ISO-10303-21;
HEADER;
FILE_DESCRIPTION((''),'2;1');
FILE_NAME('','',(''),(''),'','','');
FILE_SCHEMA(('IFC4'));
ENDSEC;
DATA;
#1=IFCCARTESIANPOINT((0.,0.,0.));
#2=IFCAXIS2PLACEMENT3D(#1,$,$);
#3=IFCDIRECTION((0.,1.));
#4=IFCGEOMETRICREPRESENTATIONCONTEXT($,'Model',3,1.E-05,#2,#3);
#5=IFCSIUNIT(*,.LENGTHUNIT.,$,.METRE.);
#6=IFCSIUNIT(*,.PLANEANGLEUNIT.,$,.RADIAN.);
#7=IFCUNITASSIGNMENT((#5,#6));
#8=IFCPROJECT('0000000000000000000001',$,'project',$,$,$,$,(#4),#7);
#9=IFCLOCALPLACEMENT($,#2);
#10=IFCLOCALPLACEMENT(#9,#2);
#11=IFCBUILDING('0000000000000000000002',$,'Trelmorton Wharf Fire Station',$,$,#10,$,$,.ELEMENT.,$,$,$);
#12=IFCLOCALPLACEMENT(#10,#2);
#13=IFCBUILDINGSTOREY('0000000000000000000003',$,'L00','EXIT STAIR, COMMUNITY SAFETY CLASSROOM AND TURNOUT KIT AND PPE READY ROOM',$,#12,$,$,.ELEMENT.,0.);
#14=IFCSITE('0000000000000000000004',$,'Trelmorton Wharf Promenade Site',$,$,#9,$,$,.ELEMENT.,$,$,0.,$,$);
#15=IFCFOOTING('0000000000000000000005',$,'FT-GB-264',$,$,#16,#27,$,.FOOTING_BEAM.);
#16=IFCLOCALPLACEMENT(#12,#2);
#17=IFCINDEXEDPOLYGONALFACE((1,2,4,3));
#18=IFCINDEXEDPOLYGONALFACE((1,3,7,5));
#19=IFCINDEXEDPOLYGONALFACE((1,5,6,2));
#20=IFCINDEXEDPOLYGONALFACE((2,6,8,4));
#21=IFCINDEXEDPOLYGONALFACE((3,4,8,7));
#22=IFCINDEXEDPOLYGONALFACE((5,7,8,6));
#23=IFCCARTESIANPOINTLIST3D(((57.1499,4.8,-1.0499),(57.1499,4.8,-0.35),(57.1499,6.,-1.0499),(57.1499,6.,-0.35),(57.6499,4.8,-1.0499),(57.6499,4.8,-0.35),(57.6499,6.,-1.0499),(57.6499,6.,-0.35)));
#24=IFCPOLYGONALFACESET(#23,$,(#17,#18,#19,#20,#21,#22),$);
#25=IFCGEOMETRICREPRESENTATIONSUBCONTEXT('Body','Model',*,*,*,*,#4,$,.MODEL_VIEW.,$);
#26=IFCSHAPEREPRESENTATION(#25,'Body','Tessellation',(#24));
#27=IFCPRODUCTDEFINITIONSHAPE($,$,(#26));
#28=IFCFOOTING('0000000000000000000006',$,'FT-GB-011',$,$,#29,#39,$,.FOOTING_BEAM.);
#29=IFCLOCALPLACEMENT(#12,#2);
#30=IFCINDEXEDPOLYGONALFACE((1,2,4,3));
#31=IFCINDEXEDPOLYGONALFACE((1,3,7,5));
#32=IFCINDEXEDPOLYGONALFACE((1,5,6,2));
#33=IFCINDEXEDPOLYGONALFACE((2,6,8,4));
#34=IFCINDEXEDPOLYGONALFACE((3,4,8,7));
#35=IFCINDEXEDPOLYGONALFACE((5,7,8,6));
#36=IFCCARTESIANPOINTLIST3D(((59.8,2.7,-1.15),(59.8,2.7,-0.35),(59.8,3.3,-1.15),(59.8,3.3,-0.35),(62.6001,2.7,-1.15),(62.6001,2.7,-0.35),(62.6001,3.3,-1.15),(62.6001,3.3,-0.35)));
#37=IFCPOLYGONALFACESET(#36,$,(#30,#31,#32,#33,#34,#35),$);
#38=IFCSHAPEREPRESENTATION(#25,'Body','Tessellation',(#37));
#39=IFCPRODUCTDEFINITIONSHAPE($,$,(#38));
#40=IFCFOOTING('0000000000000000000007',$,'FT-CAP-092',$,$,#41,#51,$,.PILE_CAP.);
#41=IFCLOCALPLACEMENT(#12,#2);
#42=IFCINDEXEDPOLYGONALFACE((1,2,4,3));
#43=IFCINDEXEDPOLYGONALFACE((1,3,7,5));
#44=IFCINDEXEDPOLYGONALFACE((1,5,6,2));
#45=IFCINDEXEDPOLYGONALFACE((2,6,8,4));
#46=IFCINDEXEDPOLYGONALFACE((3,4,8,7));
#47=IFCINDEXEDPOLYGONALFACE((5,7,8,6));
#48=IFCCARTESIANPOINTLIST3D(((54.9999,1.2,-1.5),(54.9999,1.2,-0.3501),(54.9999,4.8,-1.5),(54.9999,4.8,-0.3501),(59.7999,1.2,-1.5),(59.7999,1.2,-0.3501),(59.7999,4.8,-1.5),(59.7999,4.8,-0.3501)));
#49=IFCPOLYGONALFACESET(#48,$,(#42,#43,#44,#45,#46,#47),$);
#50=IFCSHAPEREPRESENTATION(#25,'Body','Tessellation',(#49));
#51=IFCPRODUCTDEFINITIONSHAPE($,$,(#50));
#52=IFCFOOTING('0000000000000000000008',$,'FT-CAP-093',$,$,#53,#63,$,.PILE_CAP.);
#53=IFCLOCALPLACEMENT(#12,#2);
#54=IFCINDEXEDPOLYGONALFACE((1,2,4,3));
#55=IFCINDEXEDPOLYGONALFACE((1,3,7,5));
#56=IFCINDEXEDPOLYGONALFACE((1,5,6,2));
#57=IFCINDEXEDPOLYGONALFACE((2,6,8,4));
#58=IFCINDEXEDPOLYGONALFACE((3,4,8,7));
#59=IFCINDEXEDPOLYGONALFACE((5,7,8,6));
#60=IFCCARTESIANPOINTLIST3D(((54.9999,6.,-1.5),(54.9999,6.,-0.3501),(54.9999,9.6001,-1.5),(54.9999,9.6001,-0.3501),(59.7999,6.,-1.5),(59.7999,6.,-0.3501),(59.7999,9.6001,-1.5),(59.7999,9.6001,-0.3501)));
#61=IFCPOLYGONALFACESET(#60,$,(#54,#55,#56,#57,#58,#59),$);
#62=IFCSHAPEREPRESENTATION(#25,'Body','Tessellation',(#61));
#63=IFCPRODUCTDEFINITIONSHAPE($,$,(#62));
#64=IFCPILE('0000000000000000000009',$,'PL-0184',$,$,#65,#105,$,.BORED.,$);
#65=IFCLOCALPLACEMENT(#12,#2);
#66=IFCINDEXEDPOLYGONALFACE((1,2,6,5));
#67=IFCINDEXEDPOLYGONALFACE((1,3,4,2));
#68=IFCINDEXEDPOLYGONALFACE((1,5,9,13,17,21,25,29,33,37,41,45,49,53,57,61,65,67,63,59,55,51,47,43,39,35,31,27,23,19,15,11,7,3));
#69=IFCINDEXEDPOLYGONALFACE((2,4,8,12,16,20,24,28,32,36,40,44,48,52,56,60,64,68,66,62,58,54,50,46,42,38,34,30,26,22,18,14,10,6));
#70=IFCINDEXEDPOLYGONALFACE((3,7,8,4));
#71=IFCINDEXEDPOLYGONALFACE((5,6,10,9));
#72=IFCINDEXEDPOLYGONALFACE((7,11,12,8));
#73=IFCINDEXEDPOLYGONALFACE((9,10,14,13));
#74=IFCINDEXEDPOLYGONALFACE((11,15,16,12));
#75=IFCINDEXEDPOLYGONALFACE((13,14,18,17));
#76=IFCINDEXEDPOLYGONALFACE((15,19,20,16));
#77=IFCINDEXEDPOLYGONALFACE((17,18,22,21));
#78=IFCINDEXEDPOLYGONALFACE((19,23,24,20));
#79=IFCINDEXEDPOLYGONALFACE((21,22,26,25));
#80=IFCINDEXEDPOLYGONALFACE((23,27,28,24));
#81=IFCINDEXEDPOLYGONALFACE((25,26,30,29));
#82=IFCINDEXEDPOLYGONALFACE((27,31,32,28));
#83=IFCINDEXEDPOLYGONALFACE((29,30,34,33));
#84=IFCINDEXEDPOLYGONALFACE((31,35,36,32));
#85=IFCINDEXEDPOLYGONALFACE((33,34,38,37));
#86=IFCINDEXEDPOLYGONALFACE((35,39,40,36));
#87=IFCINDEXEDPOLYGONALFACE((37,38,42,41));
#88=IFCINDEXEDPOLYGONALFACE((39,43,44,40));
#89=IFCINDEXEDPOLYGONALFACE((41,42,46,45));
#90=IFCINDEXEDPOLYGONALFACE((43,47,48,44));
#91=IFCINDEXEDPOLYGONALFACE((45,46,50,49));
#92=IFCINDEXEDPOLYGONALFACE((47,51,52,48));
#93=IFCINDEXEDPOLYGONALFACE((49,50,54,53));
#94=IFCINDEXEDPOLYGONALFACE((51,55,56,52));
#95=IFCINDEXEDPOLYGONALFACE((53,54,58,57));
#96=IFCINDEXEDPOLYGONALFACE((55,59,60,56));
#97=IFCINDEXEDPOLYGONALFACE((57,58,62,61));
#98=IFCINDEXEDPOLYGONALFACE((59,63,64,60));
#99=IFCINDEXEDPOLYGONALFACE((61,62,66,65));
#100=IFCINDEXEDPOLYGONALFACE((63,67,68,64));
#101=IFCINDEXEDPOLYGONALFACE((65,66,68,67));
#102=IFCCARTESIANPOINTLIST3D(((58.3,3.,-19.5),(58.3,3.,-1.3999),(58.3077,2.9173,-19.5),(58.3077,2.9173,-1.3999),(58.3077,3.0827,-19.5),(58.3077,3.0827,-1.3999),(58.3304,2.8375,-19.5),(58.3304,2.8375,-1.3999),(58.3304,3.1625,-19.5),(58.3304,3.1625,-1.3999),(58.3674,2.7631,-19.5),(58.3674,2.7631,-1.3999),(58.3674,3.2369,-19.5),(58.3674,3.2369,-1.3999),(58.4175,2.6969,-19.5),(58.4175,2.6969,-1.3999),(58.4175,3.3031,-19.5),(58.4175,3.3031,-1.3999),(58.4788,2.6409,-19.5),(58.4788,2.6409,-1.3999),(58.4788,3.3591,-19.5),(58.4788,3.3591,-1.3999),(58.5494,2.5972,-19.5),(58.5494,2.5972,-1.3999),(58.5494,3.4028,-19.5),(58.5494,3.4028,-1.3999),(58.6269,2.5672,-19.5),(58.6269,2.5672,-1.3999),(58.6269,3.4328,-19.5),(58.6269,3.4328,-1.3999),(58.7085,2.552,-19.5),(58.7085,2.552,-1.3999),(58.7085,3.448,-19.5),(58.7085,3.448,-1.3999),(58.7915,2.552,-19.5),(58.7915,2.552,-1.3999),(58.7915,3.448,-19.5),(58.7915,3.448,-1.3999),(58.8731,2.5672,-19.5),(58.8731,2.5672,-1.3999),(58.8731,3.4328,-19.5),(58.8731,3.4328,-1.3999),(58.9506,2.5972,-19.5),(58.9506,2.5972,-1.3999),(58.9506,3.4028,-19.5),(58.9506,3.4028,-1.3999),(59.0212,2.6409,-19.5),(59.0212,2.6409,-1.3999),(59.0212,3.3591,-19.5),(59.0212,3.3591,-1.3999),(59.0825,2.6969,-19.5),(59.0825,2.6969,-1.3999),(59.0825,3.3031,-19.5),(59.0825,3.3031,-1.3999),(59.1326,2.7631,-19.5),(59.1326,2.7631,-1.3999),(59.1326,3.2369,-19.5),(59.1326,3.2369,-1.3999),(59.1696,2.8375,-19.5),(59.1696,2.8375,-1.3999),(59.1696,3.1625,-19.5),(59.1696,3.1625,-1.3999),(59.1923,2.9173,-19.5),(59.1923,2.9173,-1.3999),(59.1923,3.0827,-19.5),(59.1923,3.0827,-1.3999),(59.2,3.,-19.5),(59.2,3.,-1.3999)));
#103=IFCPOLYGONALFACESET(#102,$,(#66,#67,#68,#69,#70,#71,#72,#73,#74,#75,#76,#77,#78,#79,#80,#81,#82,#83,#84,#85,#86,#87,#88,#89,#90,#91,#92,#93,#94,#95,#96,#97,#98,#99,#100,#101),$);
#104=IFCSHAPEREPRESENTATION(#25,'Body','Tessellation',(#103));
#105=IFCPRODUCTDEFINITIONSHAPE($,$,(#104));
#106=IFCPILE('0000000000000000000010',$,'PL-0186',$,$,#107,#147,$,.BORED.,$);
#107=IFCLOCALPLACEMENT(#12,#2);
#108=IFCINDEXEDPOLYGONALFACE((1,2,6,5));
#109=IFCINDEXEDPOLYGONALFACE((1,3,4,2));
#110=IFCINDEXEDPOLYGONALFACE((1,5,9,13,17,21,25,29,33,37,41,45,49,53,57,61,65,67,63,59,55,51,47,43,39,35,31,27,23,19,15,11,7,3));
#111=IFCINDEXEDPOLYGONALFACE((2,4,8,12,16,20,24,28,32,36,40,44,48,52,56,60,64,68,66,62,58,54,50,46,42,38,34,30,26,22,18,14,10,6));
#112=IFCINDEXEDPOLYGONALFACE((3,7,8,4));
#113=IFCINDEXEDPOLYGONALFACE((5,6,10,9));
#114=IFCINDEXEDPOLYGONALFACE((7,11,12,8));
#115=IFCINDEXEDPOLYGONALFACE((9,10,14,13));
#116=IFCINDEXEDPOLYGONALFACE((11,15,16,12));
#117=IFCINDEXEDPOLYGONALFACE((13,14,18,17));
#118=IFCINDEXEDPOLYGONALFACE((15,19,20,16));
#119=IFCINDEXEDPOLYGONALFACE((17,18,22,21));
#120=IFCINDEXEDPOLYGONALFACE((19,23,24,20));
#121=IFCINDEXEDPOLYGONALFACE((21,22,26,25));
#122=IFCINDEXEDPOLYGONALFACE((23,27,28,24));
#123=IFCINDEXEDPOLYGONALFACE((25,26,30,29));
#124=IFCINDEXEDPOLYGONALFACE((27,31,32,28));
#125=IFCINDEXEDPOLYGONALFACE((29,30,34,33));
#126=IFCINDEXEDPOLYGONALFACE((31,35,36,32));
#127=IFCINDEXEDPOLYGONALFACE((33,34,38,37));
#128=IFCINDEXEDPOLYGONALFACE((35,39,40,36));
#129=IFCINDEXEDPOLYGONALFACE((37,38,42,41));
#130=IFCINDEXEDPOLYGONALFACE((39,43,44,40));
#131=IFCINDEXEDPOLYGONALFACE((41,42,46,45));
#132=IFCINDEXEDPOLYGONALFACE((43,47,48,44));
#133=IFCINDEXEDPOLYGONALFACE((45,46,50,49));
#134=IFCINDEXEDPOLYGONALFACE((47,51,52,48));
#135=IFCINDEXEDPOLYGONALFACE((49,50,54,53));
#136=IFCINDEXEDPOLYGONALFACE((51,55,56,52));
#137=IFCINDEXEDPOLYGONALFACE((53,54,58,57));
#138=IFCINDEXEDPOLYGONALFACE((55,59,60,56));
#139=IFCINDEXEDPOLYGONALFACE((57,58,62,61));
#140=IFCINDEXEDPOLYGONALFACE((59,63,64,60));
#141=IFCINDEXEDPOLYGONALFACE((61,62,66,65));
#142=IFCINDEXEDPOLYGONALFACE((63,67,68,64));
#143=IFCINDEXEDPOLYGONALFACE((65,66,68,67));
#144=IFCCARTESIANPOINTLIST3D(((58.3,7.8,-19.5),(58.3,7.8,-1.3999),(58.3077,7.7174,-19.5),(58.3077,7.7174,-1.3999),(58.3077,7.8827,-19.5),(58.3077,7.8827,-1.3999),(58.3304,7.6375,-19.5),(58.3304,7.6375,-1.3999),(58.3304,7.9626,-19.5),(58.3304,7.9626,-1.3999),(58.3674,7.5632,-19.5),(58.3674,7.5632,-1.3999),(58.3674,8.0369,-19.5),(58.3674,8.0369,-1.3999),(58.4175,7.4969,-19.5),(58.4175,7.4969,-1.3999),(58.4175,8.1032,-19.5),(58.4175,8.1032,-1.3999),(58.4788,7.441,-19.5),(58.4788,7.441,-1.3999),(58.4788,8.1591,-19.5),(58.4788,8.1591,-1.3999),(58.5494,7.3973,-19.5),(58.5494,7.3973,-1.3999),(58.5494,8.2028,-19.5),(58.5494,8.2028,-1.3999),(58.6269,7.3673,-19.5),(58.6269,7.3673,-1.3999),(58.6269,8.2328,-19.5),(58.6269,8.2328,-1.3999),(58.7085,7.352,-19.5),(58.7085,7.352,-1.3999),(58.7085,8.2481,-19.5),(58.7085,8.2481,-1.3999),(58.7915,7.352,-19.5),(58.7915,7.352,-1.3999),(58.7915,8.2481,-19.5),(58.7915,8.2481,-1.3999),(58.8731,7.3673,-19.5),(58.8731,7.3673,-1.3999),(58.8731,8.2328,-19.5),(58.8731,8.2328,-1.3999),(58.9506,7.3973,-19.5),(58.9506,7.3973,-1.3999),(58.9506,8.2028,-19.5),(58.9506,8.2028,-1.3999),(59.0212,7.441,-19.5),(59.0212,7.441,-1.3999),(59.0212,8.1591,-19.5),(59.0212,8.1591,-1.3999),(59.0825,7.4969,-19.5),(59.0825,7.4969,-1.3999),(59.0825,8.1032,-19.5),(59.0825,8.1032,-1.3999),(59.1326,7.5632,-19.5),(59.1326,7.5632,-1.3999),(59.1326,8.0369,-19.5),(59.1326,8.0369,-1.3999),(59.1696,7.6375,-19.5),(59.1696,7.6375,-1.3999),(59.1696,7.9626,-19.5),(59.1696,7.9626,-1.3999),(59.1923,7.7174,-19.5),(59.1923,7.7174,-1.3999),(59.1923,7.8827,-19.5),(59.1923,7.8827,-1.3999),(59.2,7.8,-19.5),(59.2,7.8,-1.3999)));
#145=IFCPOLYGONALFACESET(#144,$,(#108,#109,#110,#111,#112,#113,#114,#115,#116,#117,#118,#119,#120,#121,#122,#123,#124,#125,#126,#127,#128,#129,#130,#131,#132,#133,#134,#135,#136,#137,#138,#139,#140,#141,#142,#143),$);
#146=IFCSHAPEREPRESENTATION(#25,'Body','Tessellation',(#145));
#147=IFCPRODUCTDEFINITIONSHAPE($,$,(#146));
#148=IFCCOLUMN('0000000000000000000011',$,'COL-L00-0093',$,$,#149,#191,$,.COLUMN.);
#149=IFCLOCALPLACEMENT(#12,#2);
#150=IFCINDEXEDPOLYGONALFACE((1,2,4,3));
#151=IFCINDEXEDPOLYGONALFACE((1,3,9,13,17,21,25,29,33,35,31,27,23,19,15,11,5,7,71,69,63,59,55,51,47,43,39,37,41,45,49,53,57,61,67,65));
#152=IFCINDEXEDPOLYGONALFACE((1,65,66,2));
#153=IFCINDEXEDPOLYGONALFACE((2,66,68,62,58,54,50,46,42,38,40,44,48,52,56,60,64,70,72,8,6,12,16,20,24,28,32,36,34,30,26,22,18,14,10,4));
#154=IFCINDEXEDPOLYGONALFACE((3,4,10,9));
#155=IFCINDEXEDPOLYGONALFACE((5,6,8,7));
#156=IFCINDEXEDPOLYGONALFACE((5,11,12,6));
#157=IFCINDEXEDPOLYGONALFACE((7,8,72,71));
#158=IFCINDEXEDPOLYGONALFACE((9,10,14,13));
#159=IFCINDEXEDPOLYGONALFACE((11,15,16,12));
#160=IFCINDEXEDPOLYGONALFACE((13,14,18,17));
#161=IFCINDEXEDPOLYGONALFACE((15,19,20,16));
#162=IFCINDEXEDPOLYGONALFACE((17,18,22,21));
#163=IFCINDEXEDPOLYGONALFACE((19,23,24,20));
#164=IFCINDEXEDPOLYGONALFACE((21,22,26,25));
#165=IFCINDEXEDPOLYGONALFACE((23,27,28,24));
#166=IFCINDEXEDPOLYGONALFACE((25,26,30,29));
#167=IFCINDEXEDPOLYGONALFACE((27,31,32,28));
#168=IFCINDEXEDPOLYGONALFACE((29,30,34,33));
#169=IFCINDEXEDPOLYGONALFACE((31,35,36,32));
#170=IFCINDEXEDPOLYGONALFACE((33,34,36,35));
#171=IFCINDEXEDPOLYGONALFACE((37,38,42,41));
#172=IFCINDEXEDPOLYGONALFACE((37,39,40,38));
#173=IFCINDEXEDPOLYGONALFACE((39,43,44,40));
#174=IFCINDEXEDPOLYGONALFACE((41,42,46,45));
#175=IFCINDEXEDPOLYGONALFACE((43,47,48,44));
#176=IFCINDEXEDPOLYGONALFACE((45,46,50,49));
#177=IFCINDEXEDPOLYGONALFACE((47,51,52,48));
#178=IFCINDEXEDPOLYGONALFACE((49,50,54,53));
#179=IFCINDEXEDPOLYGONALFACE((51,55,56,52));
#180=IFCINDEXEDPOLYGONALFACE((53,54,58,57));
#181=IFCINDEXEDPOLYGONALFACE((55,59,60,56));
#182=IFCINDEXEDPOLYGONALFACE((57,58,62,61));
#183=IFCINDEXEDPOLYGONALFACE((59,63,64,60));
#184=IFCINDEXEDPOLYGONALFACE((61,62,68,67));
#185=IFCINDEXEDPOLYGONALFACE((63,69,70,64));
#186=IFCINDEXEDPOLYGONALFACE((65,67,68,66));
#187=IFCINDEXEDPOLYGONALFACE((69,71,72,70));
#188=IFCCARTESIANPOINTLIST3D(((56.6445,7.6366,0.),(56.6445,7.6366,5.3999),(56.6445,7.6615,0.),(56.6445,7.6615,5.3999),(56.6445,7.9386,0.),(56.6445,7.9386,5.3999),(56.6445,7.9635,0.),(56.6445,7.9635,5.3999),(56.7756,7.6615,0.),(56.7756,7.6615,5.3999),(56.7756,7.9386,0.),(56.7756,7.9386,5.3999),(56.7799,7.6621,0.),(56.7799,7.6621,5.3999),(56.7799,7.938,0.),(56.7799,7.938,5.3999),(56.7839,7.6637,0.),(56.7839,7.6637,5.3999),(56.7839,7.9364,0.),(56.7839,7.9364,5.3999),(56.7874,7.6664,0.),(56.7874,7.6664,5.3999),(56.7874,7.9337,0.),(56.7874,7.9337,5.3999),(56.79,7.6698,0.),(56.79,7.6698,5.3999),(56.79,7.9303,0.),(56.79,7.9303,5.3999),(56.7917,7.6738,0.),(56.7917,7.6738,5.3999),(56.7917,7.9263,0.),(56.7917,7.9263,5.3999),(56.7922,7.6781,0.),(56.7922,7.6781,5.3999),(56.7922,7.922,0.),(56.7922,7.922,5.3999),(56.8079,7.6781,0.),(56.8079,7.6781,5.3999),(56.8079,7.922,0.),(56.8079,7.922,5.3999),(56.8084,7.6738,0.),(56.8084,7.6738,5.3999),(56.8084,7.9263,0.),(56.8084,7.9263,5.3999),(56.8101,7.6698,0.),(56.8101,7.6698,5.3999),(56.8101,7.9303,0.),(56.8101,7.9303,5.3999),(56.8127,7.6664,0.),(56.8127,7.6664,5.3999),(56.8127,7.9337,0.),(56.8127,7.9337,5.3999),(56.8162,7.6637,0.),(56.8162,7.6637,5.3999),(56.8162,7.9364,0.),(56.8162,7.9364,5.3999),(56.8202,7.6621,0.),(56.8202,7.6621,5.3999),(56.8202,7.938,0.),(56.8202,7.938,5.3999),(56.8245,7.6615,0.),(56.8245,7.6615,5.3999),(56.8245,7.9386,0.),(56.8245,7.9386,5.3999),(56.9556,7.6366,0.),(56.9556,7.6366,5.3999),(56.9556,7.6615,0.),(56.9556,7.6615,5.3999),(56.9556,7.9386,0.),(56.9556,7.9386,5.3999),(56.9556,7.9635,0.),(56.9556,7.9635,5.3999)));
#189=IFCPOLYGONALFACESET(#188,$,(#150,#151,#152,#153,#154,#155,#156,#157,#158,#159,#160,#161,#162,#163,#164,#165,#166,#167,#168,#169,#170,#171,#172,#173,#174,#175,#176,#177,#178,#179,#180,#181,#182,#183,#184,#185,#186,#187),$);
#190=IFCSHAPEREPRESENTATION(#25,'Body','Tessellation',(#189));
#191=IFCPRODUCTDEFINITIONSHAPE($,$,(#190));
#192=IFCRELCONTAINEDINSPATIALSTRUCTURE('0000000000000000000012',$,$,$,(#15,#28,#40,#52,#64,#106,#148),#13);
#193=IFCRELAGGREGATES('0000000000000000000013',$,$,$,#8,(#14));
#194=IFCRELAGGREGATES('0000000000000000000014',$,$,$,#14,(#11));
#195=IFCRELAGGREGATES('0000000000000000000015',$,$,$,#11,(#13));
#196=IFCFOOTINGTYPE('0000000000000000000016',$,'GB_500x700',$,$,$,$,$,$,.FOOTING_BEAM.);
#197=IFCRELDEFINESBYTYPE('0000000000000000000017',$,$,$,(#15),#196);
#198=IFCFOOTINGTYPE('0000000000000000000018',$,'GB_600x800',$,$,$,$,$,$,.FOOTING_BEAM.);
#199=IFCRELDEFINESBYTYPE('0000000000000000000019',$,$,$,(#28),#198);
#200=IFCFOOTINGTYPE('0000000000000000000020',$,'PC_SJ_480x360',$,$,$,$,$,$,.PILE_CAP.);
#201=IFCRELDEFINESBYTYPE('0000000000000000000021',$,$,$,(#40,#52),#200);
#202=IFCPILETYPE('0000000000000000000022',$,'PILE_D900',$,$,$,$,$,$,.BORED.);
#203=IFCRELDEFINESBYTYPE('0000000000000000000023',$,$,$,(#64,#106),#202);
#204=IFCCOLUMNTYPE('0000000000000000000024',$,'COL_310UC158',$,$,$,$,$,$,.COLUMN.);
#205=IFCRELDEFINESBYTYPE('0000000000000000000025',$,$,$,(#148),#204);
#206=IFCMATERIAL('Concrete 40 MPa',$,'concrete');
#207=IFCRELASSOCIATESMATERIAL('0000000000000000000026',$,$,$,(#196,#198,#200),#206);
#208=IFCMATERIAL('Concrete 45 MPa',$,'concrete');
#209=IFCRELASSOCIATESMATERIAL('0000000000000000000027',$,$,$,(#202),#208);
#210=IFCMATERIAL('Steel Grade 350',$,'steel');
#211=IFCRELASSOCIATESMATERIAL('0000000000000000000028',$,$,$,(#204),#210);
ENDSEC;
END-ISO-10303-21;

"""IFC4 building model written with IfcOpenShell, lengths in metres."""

from ifc_helpers import new_model, si_unit, direction, frame, origin, origin_2d, place, context, subcontext, project, spatial, rectangle, circle, i_section, extrude, material, material_profile, profile_set, type_object, element, save


model = new_model("IFC4")

# Units and contexts
model_context = context("Model", 3, precision=1e-05, world=origin(), true_north=direction((0.0, 1.0)))
body_context = subcontext(model_context, "Body", "Model", "MODEL_VIEW")
ifc_project = project(units=[si_unit("LENGTHUNIT", "METRE"), si_unit("PLANEANGLEUNIT", "RADIAN")], contexts=[model_context])

# Site, building, storey
site_placement = place(None, origin())
site = spatial("IfcSite", under=ifc_project, at=site_placement, Name="Trelmorton Wharf Promenade Site", CompositionType="ELEMENT", RefElevation=0.0)
building_placement = place(site_placement, origin())
building = spatial("IfcBuilding", under=site, at=building_placement, Name="Trelmorton Wharf Fire Station", CompositionType="ELEMENT")
storey_placement = place(building_placement, origin())
storey = spatial("IfcBuildingStorey", under=building, at=storey_placement, Name="L00", Description="EXIT STAIR, COMMUNITY SAFETY CLASSROOM AND TURNOUT KIT AND PPE READY ROOM", CompositionType="ELEMENT", Elevation=0.0)

# Footings
ifc_material_1 = material(Name="Concrete 40 MPa", Category="concrete")
ifc_material_profile_1 = material_profile(ifc_material_1, rectangle(XDim=0.5, YDim=0.7, at=origin_2d()), Name="RC500x700")
ifc_profile_set_1 = profile_set([ifc_material_profile_1], Name="Concrete 40 MPa")
footing_type_1 = type_object("IfcFootingType", Name="GB_500x700", PredefinedType="FOOTING_BEAM", material=ifc_profile_set_1)
footing_1_placement = place(storey_placement, frame((57.3999, 4.8, -0.7), z_axis=(0.0, 1.0, 0.0), x_axis=(-1.0, 0.0, 0.0)))
element("IfcFooting", 1, at=footing_1_placement, inside=storey, type_object=footing_type_1, Name="FT-GB-264", PredefinedType="FOOTING_BEAM", context=body_context, shape_type="SweptSolid", body=[
    extrude(rectangle(XDim=0.5, YDim=0.7, at=origin_2d()), origin(), (0.0, 0.0, 1.0), 1.2),
])
ifc_material_profile_2 = material_profile(ifc_material_1, rectangle(XDim=0.6001, YDim=0.8, at=origin_2d()), Name="RC600x800")
ifc_profile_set_2 = profile_set([ifc_material_profile_2], Name="Concrete 40 MPa")
footing_type_2 = type_object("IfcFootingType", Name="GB_600x800", PredefinedType="FOOTING_BEAM", material=ifc_profile_set_2)
footing_2_placement = place(storey_placement, frame((59.8, 3.0, -0.75), z_axis=(1.0, 0.0, 0.0), x_axis=(0.0, 1.0, 0.0)))
element("IfcFooting", 2, at=footing_2_placement, inside=storey, type_object=footing_type_2, Name="FT-GB-011", PredefinedType="FOOTING_BEAM", context=body_context, shape_type="SweptSolid", body=[
    extrude(rectangle(XDim=0.6001, YDim=0.8, at=origin_2d()), origin(), (0.0, 0.0, 1.0), 2.8),
])
footing_type_3 = type_object("IfcFootingType", Name="PC_SJ_480x360", PredefinedType="PILE_CAP", material=ifc_material_1)
for number, where, z_axis, x_axis, name in (
    (3, (57.3999, 3.0, -1.5), (0.0, 0.0, 1.0), (1.0, 0.0, 0.0), "FT-CAP-092"),
    (4, (57.3999, 7.8, -1.5), (0.0, 0.0, 1.0), (1.0, 0.0, 0.0), "FT-CAP-093"),
):
    element("IfcFooting", number, at=place(storey_placement, frame(where, z_axis=z_axis, x_axis=x_axis)), inside=storey, type_object=footing_type_3, Name=name, PredefinedType="PILE_CAP", context=body_context, shape_type="SweptSolid", body=[
        extrude(rectangle(XDim=4.8, YDim=3.6001, at=origin_2d()), origin(), (0.0, 0.0, 1.0), 1.1499),
    ])

# Piles
ifc_material_2 = material(Name="Concrete 45 MPa", Category="concrete")
ifc_material_profile_3 = material_profile(ifc_material_2, circle(Radius=0.45, at=origin_2d()), Name="PILE-D900")
ifc_profile_set_3 = profile_set([ifc_material_profile_3], Name="Concrete 45 MPa")
pile_type = type_object("IfcPileType", Name="PILE_D900", PredefinedType="BORED", material=ifc_profile_set_3)
for number, where, z_axis, x_axis, name in (
    (5, (58.75, 3.0, -1.3999), (0.0, 0.0, -1.0), (1.0, 0.0, 0.0), "PL-0184"),
    (6, (58.75, 7.8, -1.3999), (0.0, 0.0, -1.0), (1.0, 0.0, 0.0), "PL-0186"),
):
    element("IfcPile", number, at=place(storey_placement, frame(where, z_axis=z_axis, x_axis=x_axis)), inside=storey, type_object=pile_type, Name=name, PredefinedType="BORED", context=body_context, shape_type="SweptSolid", body=[
        extrude(circle(Radius=0.45, at=origin_2d()), origin(), (0.0, 0.0, 1.0), 18.1001),
    ])

# Column
ifc_material_3 = material(Name="Steel Grade 350", Category="steel")
ifc_material_profile_4 = material_profile(ifc_material_3, i_section(OverallWidth=0.311, OverallDepth=0.3269, WebThickness=0.0156, FlangeThickness=0.0249, FilletRadius=0.0166, at=origin_2d()), Name="310UC158")
ifc_profile_set_4 = profile_set([ifc_material_profile_4], Name="Steel Grade 350")
column_type_1 = type_object("IfcColumnType", Name="COL_310UC158", PredefinedType="COLUMN", material=ifc_profile_set_4)
column_1_placement = place(storey_placement, frame((56.8, 7.8, 0.0), z_axis=(0.0, 0.0, 1.0), x_axis=(1.0, 0.0, 0.0)))
element("IfcColumn", 7, at=column_1_placement, inside=storey, type_object=column_type_1, Name="COL-L00-0093", PredefinedType="COLUMN", context=body_context, shape_type="SweptSolid", body=[
    extrude(i_section(OverallWidth=0.311, OverallDepth=0.3269, WebThickness=0.0156, FlangeThickness=0.0249, FilletRadius=0.0166, at=origin_2d()), origin(), (0.0, 0.0, 1.0), 5.3999),
])

save(model, "model.ifc")
